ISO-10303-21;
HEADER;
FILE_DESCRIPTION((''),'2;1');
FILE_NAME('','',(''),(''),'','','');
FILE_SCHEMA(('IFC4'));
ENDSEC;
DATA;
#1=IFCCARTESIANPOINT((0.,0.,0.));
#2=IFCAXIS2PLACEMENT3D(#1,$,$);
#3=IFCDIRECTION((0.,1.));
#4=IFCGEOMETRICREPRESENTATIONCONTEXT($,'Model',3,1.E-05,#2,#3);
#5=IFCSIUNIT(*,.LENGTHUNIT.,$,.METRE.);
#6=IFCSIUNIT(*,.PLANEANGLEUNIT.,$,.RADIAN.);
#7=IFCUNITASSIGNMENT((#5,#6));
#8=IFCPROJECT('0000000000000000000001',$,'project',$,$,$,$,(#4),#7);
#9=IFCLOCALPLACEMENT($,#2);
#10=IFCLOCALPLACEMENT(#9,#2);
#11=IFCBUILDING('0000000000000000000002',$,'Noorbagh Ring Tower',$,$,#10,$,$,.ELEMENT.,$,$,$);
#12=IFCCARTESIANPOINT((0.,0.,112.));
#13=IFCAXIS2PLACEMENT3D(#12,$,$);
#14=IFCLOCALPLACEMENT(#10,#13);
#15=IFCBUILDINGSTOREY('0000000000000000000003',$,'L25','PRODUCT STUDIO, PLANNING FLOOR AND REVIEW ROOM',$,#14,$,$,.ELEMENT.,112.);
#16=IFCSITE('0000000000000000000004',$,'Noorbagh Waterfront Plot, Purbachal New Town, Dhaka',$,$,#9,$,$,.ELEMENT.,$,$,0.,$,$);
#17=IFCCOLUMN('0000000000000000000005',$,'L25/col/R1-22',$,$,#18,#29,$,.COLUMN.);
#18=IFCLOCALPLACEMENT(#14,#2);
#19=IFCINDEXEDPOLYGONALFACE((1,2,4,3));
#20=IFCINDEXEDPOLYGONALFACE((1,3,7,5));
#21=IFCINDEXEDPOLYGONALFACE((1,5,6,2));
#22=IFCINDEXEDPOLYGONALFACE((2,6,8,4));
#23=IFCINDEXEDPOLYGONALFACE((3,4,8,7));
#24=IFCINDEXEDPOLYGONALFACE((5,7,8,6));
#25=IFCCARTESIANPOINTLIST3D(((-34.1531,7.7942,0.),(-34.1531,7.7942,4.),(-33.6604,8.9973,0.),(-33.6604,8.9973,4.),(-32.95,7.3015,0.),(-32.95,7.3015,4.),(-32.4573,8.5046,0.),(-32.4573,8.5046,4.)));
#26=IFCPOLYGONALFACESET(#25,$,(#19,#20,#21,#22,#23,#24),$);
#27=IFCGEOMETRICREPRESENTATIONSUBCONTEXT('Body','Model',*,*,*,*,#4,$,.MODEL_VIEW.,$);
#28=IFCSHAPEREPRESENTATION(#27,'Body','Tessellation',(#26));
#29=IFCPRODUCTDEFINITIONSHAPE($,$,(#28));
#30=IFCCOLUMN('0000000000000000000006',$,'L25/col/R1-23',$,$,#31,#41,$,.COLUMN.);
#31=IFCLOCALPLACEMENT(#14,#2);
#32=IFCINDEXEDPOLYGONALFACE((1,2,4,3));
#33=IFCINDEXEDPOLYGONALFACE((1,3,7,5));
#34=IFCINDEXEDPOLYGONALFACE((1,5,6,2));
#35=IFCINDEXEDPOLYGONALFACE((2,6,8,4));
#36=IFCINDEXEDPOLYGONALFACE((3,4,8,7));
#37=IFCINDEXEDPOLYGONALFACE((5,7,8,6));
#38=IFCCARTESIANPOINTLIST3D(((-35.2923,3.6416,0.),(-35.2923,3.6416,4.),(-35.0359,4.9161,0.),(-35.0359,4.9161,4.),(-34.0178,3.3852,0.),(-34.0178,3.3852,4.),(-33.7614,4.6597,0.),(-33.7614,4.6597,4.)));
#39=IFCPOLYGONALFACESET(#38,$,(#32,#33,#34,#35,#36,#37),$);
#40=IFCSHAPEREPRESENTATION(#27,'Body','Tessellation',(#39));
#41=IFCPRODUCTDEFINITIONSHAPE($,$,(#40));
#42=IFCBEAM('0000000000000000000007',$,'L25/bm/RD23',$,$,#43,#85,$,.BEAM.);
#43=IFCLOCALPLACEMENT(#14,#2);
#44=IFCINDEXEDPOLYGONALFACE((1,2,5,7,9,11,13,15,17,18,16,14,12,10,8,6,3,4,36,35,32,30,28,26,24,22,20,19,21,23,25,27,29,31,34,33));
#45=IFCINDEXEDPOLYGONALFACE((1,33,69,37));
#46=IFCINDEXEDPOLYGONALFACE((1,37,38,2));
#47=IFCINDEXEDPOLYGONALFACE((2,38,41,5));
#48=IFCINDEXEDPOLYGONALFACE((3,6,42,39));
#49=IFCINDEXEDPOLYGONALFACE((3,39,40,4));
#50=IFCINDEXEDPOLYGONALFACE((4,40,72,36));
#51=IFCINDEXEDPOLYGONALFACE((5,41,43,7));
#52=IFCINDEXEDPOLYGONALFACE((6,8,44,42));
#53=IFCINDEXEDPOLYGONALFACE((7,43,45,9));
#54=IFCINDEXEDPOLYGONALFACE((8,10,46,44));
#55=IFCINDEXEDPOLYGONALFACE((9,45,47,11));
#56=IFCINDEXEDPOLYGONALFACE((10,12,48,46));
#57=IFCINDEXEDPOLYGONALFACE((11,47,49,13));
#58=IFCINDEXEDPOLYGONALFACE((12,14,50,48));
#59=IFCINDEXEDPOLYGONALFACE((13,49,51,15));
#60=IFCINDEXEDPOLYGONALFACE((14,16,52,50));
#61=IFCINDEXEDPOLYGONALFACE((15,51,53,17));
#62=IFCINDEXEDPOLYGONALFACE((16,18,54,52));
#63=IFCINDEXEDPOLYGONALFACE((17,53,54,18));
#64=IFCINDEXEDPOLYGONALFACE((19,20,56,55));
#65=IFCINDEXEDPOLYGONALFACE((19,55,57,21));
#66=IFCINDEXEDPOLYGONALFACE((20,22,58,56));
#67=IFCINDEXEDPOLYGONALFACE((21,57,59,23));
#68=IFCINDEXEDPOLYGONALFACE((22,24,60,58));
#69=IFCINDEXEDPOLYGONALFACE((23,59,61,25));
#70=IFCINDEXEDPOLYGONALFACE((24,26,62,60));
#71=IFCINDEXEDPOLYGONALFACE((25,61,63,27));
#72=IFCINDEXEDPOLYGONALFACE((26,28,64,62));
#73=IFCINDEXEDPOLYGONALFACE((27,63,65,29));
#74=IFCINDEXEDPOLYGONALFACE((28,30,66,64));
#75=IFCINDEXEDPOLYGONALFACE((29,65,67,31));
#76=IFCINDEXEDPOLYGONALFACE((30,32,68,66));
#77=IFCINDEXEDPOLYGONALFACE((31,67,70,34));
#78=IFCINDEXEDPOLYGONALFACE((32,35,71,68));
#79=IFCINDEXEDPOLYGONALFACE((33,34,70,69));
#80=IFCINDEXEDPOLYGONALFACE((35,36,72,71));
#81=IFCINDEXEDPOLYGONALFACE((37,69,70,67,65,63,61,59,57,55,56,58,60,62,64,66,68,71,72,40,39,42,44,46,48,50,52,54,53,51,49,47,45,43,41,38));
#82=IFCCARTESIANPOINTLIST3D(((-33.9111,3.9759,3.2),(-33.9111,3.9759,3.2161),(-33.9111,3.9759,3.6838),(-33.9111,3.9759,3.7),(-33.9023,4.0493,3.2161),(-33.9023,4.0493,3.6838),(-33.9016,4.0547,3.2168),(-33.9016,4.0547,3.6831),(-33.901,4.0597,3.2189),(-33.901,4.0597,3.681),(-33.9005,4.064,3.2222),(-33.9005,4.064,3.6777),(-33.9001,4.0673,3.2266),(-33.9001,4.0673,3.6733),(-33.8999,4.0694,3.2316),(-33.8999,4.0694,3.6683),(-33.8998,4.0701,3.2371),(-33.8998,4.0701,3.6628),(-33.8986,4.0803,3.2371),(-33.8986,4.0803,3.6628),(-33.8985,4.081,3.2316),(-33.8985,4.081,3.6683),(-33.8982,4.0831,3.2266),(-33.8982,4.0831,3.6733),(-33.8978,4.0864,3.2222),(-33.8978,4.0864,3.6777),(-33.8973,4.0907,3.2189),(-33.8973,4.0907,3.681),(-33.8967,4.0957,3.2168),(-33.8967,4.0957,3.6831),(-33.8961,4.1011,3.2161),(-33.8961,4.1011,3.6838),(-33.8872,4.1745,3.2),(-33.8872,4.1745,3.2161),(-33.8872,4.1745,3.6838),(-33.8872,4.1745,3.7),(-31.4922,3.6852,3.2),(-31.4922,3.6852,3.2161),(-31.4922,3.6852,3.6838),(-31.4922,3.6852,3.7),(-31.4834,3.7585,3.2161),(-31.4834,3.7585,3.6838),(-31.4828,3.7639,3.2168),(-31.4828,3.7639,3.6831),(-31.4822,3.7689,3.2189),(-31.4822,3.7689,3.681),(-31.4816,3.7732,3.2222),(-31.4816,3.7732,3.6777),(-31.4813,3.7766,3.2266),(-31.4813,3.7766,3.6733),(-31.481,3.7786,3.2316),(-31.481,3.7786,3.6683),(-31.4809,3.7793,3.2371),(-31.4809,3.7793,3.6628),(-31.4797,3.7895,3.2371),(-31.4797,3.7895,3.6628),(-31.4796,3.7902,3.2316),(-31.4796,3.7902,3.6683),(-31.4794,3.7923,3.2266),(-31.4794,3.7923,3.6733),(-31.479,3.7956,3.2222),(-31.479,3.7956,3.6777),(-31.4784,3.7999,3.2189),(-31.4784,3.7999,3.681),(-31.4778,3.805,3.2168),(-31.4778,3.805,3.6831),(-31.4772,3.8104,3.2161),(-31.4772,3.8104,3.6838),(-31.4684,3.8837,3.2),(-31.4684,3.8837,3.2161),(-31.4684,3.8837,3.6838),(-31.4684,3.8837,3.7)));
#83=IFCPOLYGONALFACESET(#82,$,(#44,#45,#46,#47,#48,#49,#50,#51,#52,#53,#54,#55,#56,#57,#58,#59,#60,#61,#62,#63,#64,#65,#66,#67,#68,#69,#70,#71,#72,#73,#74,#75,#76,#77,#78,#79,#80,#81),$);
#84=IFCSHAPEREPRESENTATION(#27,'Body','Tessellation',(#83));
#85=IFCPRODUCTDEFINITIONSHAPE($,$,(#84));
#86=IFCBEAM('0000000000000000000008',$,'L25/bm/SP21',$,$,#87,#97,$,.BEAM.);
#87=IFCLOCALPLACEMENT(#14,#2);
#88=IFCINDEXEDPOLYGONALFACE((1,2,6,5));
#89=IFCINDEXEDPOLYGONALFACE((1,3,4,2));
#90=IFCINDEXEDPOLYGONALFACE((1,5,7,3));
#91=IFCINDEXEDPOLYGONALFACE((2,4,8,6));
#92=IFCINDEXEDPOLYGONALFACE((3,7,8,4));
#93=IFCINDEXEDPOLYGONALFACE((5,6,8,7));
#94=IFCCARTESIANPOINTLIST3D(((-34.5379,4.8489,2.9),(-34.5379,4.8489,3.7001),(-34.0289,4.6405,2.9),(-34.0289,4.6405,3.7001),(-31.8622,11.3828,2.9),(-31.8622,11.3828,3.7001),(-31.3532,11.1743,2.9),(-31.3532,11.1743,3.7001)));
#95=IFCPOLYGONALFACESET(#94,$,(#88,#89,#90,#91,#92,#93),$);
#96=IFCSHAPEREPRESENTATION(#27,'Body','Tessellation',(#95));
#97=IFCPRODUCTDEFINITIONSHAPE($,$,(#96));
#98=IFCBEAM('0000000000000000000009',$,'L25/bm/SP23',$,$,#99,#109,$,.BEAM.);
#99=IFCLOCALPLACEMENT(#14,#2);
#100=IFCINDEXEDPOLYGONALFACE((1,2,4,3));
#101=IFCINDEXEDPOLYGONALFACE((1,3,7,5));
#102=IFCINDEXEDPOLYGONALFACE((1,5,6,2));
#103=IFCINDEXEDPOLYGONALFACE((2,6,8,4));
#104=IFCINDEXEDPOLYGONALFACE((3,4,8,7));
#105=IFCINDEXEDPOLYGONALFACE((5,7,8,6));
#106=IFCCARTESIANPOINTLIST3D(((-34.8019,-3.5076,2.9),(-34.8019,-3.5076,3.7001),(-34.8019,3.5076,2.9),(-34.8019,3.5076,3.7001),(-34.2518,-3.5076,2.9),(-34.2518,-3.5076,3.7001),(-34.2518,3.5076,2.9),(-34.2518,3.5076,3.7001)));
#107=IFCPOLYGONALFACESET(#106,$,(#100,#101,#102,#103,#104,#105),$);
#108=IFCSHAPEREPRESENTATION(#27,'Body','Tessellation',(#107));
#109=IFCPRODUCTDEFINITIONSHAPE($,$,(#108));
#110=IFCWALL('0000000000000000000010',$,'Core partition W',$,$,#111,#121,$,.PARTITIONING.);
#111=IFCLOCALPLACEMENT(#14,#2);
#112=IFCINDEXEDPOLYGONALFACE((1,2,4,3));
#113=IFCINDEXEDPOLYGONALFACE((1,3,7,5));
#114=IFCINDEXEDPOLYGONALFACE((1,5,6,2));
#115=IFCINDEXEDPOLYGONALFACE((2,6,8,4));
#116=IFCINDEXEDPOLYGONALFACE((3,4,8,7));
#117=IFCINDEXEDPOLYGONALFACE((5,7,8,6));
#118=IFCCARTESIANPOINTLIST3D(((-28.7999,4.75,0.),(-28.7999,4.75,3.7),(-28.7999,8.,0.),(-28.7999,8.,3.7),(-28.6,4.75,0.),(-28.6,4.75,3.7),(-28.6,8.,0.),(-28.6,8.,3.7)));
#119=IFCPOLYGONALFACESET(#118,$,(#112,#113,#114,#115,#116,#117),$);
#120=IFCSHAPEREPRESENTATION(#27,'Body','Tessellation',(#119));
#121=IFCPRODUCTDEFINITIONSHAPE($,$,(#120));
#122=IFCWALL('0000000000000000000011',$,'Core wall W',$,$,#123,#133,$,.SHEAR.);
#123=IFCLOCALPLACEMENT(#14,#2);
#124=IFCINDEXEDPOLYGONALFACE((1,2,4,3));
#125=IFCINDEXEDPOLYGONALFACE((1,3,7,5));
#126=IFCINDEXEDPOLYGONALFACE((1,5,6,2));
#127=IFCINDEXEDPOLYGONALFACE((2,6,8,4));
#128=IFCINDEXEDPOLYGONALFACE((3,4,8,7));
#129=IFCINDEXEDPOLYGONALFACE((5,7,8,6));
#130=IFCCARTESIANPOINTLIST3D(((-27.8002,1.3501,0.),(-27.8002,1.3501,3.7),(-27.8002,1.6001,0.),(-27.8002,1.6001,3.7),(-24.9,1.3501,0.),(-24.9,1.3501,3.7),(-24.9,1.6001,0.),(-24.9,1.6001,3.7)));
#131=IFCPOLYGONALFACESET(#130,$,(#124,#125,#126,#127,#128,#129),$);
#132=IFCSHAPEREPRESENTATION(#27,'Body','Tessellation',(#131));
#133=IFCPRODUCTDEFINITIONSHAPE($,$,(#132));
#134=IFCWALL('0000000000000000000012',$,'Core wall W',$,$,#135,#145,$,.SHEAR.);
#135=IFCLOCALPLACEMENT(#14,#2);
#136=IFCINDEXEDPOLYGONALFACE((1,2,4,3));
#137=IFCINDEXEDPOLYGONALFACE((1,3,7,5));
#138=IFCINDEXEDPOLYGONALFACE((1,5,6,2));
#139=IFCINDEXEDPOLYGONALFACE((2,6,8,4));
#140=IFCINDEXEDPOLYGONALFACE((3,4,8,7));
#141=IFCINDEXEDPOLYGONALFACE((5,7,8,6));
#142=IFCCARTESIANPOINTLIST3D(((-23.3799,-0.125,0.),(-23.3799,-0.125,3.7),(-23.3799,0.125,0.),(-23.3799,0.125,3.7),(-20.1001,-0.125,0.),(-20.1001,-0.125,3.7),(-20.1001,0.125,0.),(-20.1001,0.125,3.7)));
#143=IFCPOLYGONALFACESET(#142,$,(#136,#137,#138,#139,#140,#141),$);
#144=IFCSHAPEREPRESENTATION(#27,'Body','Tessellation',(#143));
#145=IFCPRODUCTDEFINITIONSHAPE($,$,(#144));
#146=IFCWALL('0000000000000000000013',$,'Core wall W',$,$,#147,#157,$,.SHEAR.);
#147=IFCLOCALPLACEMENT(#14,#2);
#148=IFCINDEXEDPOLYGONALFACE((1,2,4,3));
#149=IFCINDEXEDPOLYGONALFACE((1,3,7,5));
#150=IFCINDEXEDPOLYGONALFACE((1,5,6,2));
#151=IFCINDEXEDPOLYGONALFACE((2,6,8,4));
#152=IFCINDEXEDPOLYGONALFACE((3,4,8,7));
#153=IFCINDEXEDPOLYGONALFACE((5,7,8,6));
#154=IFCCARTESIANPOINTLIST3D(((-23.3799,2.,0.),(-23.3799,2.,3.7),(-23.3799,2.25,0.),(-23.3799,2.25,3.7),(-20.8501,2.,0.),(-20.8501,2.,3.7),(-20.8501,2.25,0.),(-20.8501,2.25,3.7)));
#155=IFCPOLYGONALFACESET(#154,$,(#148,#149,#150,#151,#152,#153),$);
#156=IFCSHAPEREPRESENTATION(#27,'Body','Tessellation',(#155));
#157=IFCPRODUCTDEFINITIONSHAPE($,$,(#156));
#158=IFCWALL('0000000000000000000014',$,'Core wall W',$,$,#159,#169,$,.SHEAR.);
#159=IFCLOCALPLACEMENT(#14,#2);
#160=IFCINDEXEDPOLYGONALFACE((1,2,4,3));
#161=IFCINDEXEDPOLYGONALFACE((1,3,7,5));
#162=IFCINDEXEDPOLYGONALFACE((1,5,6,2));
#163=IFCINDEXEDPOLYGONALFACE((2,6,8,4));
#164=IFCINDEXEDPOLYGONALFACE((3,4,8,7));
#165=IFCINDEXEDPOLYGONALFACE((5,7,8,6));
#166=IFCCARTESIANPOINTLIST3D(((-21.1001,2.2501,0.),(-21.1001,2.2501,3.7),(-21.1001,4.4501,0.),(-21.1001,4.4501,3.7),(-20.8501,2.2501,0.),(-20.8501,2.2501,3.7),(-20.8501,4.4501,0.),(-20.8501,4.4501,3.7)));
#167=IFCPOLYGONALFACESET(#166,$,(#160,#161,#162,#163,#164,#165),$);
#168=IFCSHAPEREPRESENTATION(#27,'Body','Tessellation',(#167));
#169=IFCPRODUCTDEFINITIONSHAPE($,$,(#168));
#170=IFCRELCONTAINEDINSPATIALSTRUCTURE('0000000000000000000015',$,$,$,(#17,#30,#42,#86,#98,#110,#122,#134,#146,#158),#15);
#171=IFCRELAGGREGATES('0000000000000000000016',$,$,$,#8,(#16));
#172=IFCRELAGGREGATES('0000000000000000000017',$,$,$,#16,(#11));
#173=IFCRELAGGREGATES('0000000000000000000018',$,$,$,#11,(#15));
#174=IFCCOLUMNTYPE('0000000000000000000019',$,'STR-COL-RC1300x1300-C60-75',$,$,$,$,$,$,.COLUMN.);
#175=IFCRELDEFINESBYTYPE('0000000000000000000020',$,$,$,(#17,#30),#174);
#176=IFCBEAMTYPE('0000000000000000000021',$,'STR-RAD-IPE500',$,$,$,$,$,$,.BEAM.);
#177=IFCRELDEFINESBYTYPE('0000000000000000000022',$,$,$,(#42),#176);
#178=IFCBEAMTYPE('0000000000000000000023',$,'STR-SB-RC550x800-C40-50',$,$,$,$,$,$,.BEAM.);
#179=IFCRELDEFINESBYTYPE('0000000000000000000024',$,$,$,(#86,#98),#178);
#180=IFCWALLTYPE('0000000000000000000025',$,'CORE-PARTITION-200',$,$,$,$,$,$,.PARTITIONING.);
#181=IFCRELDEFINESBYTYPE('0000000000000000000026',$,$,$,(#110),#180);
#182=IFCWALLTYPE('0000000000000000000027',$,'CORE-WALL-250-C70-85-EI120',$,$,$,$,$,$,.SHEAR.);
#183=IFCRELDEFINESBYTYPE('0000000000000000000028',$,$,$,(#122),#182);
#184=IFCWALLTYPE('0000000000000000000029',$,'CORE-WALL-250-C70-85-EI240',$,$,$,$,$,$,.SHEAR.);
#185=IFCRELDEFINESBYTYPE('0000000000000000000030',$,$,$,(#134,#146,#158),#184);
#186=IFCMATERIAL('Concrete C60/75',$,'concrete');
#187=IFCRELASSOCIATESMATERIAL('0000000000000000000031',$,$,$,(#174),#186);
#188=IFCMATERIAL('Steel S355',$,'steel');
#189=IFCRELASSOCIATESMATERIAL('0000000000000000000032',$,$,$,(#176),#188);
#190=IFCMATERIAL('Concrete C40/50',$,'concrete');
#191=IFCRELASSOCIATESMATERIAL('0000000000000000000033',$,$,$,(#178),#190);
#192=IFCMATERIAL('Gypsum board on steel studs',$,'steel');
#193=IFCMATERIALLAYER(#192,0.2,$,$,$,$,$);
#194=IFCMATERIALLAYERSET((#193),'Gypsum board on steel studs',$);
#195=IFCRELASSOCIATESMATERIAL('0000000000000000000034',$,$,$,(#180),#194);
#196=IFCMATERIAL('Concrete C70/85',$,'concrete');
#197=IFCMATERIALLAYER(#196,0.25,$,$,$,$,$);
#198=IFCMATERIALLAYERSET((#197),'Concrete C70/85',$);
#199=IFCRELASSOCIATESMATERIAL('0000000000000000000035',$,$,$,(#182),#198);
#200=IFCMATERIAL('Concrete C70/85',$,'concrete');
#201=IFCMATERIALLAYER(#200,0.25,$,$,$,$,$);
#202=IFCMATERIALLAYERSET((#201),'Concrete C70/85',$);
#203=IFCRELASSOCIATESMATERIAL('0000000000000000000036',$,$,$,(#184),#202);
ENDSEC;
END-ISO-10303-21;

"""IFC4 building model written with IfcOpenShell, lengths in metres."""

from ifc_helpers import new_model, si_unit, direction, frame, frame_2d, origin, origin_2d, place, context, subcontext, project, spatial, rectangle, i_section, extrude, material, layer, layer_set, material_profile, profile_set, type_object, element, save


model = new_model("IFC4")

# Units and contexts
model_context = context("Model", 3, precision=1e-05, world=origin(), true_north=direction((0.0, 1.0)))
body_context = subcontext(model_context, "Body", "Model", "MODEL_VIEW")
ifc_project = project(units=[si_unit("LENGTHUNIT", "METRE"), si_unit("PLANEANGLEUNIT", "RADIAN")], contexts=[model_context])

# Site, building, storey
site_placement = place(None, origin())
site = spatial("IfcSite", under=ifc_project, at=site_placement, Name="Noorbagh Waterfront Plot, Purbachal New Town, Dhaka", CompositionType="ELEMENT", RefElevation=0.0)
building_placement = place(site_placement, origin())
building = spatial("IfcBuilding", under=site, at=building_placement, Name="Noorbagh Ring Tower", CompositionType="ELEMENT")
storey_placement = place(building_placement, frame((0.0, 0.0, 112.0)))
storey = spatial("IfcBuildingStorey", under=building, at=storey_placement, Name="L25", Description="PRODUCT STUDIO, PLANNING FLOOR AND REVIEW ROOM", CompositionType="ELEMENT", Elevation=112.0)

# Columns
ifc_material_1 = material(Name="Concrete C60/75", Category="concrete")
ifc_material_profile_1 = material_profile(ifc_material_1, rectangle(XDim=1.3, YDim=1.3, at=origin_2d()), Name="RC1300x1300")
ifc_profile_set_1 = profile_set([ifc_material_profile_1], Name="Concrete C60/75")
column_type = type_object("IfcColumnType", Name="STR-COL-RC1300x1300-C60-75", PredefinedType="COLUMN", material=ifc_profile_set_1)
for number, where, z_axis, x_axis, name in (
    (1, (-33.3052, 8.1494, 0.0), (0.0, 0.0, 1.0), (-0.378989, -0.925401, 0.0), "L25/col/R1-22"),
    (2, (-34.5269, 4.1506, 0.0), (0.0, 0.0, 1.0), (-0.19723, -0.980357, 0.0), "L25/col/R1-23"),
):
    element("IfcColumn", number, at=place(storey_placement, frame(where, z_axis=z_axis, x_axis=x_axis)), inside=storey, type_object=column_type, Name=name, PredefinedType="COLUMN", context=body_context, shape_type="SweptSolid", body=[
        extrude(rectangle(XDim=1.3, YDim=1.3, at=origin_2d()), origin(), (0.0, 0.0, 1.0), 4.0),
    ])

# Beams
ifc_material_2 = material(Name="Steel S355", Category="steel")
ifc_material_profile_2 = material_profile(ifc_material_2, i_section(OverallWidth=0.2, OverallDepth=0.5, WebThickness=0.0103, FlangeThickness=0.0161, FilletRadius=0.021, at=origin_2d()), Name="IPE500")
ifc_profile_set_2 = profile_set([ifc_material_profile_2], Name="Steel S355")
beam_type_1 = type_object("IfcBeamType", Name="STR-RAD-IPE500", PredefinedType="BEAM", material=ifc_profile_set_2)
beam_1_placement = place(storey_placement, frame((-33.8992, 4.0752, 3.45), z_axis=(0.992853, -0.119347, 0.0), x_axis=(0.119347, 0.992853, 0.0)))
element("IfcBeam", 3, at=beam_1_placement, inside=storey, type_object=beam_type_1, Name="L25/bm/RD23", PredefinedType="BEAM", context=body_context, shape_type="SweptSolid", body=[
    extrude(i_section(OverallWidth=0.2, OverallDepth=0.5, WebThickness=0.0103, FlangeThickness=0.0161, FilletRadius=0.021, at=origin_2d()), origin(), (0.0, 0.0, 1.0), 2.4363),
])
ifc_material_3 = material(Name="Concrete C40/50", Category="concrete")
ifc_material_profile_3 = material_profile(ifc_material_3, rectangle(XDim=0.55, YDim=0.8, at=origin_2d()), Name="RC550x800")
ifc_profile_set_3 = profile_set([ifc_material_profile_3], Name="Concrete C40/50")
beam_type_2 = type_object("IfcBeamType", Name="STR-SB-RC550x800-C40-50", PredefinedType="BEAM", material=ifc_profile_set_3)
beam_2_placement = place(storey_placement, frame((-31.6077, 11.2786, 3.3), z_axis=(-0.378973, -0.925408, 0.0), x_axis=(0.925408, -0.378973, 0.0)))
element("IfcBeam", 4, at=beam_2_placement, inside=storey, type_object=beam_type_2, Name="L25/bm/SP21", PredefinedType="BEAM", context=body_context, shape_type="SweptSolid", body=[
    extrude(rectangle(XDim=0.55, YDim=0.8, at=origin_2d()), origin(), (0.0, 0.0, 1.0), 7.0605),
])
beam_3_placement = place(storey_placement, frame((-34.5269, 3.5076, 3.3), z_axis=(0.0, -1.0, 0.0), x_axis=(1.0, 0.0, 0.0)))
element("IfcBeam", 5, at=beam_3_placement, inside=storey, type_object=beam_type_2, Name="L25/bm/SP23", PredefinedType="BEAM", context=body_context, shape_type="SweptSolid", body=[
    extrude(rectangle(XDim=0.55, YDim=0.8, at=origin_2d()), origin(), (0.0, 0.0, 1.0), 7.0151),
])

# Walls
ifc_material_4 = material(Name="Gypsum board on steel studs", Category="steel")
ifc_layer_1 = layer(ifc_material_4, 0.2)
ifc_layer_set_1 = layer_set([ifc_layer_1], Name="Gypsum board on steel studs")
wall_type_1 = type_object("IfcWallType", Name="CORE-PARTITION-200", PredefinedType="PARTITIONING", material=ifc_layer_set_1)
wall_1_placement = place(storey_placement, frame((-28.7, 4.75, 0.0), z_axis=(0.0, 0.0, 1.0), x_axis=(0.0, 1.0, 0.0)))
element("IfcWall", 6, at=wall_1_placement, inside=storey, type_object=wall_type_1, Name="Core partition W", PredefinedType="PARTITIONING", context=body_context, shape_type="SweptSolid", body=[
    extrude(rectangle(XDim=3.25, YDim=0.2, at=frame_2d((1.625, 0.0))), origin(), (0.0, 0.0, 1.0), 3.7),
])
ifc_material_5 = material(Name="Concrete C70/85", Category="concrete")
ifc_layer_2 = layer(ifc_material_5, 0.25)
ifc_layer_set_2 = layer_set([ifc_layer_2], Name="Concrete C70/85")
wall_type_2 = type_object("IfcWallType", Name="CORE-WALL-250-C70-85-EI120", PredefinedType="SHEAR", material=ifc_layer_set_2)
wall_2_placement = place(storey_placement, frame((-24.8999, 1.4751, 0.0), z_axis=(0.0, 0.0, 1.0), x_axis=(-1.0, 0.0, 0.0)))
element("IfcWall", 7, at=wall_2_placement, inside=storey, type_object=wall_type_2, Name="Core wall W", PredefinedType="SHEAR", context=body_context, shape_type="SweptSolid", body=[
    extrude(rectangle(XDim=2.9001, YDim=0.25, at=frame_2d((1.4502, 0.0))), origin(), (0.0, 0.0, 1.0), 3.7),
])
ifc_material_6 = material(Name="Concrete C70/85", Category="concrete")
ifc_layer_3 = layer(ifc_material_6, 0.25)
ifc_layer_set_3 = layer_set([ifc_layer_3], Name="Concrete C70/85")
wall_type_3 = type_object("IfcWallType", Name="CORE-WALL-250-C70-85-EI240", PredefinedType="SHEAR", material=ifc_layer_set_3)
wall_3_placement = place(storey_placement, frame((-20.1001, 0.0, 0.0), z_axis=(0.0, 0.0, 1.0), x_axis=(-1.0, 0.0, 0.0)))
element("IfcWall", 8, at=wall_3_placement, inside=storey, type_object=wall_type_3, Name="Core wall W", PredefinedType="SHEAR", context=body_context, shape_type="SweptSolid", body=[
    extrude(rectangle(XDim=3.2798, YDim=0.25, at=frame_2d((1.6399, 0.0))), origin(), (0.0, 0.0, 1.0), 3.7),
])
wall_4_placement = place(storey_placement, frame((-20.8501, 2.125, 0.0), z_axis=(0.0, 0.0, 1.0), x_axis=(-1.0, 0.0, 0.0)))
element("IfcWall", 9, at=wall_4_placement, inside=storey, type_object=wall_type_3, Name="Core wall W", PredefinedType="SHEAR", context=body_context, shape_type="SweptSolid", body=[
    extrude(rectangle(XDim=2.5298, YDim=0.25, at=frame_2d((1.2649, 0.0))), origin(), (0.0, 0.0, 1.0), 3.7),
])
wall_5_placement = place(storey_placement, frame((-20.9751, 2.25, 0.0), z_axis=(0.0, 0.0, 1.0), x_axis=(0.0, 1.0, 0.0)))
element("IfcWall", 10, at=wall_5_placement, inside=storey, type_object=wall_type_3, Name="Core wall W", PredefinedType="SHEAR", context=body_context, shape_type="SweptSolid", body=[
    extrude(rectangle(XDim=2.2, YDim=0.25, at=frame_2d((1.1001, 0.0))), origin(), (0.0, 0.0, 1.0), 3.7),
])

save(model, "model.ifc")
